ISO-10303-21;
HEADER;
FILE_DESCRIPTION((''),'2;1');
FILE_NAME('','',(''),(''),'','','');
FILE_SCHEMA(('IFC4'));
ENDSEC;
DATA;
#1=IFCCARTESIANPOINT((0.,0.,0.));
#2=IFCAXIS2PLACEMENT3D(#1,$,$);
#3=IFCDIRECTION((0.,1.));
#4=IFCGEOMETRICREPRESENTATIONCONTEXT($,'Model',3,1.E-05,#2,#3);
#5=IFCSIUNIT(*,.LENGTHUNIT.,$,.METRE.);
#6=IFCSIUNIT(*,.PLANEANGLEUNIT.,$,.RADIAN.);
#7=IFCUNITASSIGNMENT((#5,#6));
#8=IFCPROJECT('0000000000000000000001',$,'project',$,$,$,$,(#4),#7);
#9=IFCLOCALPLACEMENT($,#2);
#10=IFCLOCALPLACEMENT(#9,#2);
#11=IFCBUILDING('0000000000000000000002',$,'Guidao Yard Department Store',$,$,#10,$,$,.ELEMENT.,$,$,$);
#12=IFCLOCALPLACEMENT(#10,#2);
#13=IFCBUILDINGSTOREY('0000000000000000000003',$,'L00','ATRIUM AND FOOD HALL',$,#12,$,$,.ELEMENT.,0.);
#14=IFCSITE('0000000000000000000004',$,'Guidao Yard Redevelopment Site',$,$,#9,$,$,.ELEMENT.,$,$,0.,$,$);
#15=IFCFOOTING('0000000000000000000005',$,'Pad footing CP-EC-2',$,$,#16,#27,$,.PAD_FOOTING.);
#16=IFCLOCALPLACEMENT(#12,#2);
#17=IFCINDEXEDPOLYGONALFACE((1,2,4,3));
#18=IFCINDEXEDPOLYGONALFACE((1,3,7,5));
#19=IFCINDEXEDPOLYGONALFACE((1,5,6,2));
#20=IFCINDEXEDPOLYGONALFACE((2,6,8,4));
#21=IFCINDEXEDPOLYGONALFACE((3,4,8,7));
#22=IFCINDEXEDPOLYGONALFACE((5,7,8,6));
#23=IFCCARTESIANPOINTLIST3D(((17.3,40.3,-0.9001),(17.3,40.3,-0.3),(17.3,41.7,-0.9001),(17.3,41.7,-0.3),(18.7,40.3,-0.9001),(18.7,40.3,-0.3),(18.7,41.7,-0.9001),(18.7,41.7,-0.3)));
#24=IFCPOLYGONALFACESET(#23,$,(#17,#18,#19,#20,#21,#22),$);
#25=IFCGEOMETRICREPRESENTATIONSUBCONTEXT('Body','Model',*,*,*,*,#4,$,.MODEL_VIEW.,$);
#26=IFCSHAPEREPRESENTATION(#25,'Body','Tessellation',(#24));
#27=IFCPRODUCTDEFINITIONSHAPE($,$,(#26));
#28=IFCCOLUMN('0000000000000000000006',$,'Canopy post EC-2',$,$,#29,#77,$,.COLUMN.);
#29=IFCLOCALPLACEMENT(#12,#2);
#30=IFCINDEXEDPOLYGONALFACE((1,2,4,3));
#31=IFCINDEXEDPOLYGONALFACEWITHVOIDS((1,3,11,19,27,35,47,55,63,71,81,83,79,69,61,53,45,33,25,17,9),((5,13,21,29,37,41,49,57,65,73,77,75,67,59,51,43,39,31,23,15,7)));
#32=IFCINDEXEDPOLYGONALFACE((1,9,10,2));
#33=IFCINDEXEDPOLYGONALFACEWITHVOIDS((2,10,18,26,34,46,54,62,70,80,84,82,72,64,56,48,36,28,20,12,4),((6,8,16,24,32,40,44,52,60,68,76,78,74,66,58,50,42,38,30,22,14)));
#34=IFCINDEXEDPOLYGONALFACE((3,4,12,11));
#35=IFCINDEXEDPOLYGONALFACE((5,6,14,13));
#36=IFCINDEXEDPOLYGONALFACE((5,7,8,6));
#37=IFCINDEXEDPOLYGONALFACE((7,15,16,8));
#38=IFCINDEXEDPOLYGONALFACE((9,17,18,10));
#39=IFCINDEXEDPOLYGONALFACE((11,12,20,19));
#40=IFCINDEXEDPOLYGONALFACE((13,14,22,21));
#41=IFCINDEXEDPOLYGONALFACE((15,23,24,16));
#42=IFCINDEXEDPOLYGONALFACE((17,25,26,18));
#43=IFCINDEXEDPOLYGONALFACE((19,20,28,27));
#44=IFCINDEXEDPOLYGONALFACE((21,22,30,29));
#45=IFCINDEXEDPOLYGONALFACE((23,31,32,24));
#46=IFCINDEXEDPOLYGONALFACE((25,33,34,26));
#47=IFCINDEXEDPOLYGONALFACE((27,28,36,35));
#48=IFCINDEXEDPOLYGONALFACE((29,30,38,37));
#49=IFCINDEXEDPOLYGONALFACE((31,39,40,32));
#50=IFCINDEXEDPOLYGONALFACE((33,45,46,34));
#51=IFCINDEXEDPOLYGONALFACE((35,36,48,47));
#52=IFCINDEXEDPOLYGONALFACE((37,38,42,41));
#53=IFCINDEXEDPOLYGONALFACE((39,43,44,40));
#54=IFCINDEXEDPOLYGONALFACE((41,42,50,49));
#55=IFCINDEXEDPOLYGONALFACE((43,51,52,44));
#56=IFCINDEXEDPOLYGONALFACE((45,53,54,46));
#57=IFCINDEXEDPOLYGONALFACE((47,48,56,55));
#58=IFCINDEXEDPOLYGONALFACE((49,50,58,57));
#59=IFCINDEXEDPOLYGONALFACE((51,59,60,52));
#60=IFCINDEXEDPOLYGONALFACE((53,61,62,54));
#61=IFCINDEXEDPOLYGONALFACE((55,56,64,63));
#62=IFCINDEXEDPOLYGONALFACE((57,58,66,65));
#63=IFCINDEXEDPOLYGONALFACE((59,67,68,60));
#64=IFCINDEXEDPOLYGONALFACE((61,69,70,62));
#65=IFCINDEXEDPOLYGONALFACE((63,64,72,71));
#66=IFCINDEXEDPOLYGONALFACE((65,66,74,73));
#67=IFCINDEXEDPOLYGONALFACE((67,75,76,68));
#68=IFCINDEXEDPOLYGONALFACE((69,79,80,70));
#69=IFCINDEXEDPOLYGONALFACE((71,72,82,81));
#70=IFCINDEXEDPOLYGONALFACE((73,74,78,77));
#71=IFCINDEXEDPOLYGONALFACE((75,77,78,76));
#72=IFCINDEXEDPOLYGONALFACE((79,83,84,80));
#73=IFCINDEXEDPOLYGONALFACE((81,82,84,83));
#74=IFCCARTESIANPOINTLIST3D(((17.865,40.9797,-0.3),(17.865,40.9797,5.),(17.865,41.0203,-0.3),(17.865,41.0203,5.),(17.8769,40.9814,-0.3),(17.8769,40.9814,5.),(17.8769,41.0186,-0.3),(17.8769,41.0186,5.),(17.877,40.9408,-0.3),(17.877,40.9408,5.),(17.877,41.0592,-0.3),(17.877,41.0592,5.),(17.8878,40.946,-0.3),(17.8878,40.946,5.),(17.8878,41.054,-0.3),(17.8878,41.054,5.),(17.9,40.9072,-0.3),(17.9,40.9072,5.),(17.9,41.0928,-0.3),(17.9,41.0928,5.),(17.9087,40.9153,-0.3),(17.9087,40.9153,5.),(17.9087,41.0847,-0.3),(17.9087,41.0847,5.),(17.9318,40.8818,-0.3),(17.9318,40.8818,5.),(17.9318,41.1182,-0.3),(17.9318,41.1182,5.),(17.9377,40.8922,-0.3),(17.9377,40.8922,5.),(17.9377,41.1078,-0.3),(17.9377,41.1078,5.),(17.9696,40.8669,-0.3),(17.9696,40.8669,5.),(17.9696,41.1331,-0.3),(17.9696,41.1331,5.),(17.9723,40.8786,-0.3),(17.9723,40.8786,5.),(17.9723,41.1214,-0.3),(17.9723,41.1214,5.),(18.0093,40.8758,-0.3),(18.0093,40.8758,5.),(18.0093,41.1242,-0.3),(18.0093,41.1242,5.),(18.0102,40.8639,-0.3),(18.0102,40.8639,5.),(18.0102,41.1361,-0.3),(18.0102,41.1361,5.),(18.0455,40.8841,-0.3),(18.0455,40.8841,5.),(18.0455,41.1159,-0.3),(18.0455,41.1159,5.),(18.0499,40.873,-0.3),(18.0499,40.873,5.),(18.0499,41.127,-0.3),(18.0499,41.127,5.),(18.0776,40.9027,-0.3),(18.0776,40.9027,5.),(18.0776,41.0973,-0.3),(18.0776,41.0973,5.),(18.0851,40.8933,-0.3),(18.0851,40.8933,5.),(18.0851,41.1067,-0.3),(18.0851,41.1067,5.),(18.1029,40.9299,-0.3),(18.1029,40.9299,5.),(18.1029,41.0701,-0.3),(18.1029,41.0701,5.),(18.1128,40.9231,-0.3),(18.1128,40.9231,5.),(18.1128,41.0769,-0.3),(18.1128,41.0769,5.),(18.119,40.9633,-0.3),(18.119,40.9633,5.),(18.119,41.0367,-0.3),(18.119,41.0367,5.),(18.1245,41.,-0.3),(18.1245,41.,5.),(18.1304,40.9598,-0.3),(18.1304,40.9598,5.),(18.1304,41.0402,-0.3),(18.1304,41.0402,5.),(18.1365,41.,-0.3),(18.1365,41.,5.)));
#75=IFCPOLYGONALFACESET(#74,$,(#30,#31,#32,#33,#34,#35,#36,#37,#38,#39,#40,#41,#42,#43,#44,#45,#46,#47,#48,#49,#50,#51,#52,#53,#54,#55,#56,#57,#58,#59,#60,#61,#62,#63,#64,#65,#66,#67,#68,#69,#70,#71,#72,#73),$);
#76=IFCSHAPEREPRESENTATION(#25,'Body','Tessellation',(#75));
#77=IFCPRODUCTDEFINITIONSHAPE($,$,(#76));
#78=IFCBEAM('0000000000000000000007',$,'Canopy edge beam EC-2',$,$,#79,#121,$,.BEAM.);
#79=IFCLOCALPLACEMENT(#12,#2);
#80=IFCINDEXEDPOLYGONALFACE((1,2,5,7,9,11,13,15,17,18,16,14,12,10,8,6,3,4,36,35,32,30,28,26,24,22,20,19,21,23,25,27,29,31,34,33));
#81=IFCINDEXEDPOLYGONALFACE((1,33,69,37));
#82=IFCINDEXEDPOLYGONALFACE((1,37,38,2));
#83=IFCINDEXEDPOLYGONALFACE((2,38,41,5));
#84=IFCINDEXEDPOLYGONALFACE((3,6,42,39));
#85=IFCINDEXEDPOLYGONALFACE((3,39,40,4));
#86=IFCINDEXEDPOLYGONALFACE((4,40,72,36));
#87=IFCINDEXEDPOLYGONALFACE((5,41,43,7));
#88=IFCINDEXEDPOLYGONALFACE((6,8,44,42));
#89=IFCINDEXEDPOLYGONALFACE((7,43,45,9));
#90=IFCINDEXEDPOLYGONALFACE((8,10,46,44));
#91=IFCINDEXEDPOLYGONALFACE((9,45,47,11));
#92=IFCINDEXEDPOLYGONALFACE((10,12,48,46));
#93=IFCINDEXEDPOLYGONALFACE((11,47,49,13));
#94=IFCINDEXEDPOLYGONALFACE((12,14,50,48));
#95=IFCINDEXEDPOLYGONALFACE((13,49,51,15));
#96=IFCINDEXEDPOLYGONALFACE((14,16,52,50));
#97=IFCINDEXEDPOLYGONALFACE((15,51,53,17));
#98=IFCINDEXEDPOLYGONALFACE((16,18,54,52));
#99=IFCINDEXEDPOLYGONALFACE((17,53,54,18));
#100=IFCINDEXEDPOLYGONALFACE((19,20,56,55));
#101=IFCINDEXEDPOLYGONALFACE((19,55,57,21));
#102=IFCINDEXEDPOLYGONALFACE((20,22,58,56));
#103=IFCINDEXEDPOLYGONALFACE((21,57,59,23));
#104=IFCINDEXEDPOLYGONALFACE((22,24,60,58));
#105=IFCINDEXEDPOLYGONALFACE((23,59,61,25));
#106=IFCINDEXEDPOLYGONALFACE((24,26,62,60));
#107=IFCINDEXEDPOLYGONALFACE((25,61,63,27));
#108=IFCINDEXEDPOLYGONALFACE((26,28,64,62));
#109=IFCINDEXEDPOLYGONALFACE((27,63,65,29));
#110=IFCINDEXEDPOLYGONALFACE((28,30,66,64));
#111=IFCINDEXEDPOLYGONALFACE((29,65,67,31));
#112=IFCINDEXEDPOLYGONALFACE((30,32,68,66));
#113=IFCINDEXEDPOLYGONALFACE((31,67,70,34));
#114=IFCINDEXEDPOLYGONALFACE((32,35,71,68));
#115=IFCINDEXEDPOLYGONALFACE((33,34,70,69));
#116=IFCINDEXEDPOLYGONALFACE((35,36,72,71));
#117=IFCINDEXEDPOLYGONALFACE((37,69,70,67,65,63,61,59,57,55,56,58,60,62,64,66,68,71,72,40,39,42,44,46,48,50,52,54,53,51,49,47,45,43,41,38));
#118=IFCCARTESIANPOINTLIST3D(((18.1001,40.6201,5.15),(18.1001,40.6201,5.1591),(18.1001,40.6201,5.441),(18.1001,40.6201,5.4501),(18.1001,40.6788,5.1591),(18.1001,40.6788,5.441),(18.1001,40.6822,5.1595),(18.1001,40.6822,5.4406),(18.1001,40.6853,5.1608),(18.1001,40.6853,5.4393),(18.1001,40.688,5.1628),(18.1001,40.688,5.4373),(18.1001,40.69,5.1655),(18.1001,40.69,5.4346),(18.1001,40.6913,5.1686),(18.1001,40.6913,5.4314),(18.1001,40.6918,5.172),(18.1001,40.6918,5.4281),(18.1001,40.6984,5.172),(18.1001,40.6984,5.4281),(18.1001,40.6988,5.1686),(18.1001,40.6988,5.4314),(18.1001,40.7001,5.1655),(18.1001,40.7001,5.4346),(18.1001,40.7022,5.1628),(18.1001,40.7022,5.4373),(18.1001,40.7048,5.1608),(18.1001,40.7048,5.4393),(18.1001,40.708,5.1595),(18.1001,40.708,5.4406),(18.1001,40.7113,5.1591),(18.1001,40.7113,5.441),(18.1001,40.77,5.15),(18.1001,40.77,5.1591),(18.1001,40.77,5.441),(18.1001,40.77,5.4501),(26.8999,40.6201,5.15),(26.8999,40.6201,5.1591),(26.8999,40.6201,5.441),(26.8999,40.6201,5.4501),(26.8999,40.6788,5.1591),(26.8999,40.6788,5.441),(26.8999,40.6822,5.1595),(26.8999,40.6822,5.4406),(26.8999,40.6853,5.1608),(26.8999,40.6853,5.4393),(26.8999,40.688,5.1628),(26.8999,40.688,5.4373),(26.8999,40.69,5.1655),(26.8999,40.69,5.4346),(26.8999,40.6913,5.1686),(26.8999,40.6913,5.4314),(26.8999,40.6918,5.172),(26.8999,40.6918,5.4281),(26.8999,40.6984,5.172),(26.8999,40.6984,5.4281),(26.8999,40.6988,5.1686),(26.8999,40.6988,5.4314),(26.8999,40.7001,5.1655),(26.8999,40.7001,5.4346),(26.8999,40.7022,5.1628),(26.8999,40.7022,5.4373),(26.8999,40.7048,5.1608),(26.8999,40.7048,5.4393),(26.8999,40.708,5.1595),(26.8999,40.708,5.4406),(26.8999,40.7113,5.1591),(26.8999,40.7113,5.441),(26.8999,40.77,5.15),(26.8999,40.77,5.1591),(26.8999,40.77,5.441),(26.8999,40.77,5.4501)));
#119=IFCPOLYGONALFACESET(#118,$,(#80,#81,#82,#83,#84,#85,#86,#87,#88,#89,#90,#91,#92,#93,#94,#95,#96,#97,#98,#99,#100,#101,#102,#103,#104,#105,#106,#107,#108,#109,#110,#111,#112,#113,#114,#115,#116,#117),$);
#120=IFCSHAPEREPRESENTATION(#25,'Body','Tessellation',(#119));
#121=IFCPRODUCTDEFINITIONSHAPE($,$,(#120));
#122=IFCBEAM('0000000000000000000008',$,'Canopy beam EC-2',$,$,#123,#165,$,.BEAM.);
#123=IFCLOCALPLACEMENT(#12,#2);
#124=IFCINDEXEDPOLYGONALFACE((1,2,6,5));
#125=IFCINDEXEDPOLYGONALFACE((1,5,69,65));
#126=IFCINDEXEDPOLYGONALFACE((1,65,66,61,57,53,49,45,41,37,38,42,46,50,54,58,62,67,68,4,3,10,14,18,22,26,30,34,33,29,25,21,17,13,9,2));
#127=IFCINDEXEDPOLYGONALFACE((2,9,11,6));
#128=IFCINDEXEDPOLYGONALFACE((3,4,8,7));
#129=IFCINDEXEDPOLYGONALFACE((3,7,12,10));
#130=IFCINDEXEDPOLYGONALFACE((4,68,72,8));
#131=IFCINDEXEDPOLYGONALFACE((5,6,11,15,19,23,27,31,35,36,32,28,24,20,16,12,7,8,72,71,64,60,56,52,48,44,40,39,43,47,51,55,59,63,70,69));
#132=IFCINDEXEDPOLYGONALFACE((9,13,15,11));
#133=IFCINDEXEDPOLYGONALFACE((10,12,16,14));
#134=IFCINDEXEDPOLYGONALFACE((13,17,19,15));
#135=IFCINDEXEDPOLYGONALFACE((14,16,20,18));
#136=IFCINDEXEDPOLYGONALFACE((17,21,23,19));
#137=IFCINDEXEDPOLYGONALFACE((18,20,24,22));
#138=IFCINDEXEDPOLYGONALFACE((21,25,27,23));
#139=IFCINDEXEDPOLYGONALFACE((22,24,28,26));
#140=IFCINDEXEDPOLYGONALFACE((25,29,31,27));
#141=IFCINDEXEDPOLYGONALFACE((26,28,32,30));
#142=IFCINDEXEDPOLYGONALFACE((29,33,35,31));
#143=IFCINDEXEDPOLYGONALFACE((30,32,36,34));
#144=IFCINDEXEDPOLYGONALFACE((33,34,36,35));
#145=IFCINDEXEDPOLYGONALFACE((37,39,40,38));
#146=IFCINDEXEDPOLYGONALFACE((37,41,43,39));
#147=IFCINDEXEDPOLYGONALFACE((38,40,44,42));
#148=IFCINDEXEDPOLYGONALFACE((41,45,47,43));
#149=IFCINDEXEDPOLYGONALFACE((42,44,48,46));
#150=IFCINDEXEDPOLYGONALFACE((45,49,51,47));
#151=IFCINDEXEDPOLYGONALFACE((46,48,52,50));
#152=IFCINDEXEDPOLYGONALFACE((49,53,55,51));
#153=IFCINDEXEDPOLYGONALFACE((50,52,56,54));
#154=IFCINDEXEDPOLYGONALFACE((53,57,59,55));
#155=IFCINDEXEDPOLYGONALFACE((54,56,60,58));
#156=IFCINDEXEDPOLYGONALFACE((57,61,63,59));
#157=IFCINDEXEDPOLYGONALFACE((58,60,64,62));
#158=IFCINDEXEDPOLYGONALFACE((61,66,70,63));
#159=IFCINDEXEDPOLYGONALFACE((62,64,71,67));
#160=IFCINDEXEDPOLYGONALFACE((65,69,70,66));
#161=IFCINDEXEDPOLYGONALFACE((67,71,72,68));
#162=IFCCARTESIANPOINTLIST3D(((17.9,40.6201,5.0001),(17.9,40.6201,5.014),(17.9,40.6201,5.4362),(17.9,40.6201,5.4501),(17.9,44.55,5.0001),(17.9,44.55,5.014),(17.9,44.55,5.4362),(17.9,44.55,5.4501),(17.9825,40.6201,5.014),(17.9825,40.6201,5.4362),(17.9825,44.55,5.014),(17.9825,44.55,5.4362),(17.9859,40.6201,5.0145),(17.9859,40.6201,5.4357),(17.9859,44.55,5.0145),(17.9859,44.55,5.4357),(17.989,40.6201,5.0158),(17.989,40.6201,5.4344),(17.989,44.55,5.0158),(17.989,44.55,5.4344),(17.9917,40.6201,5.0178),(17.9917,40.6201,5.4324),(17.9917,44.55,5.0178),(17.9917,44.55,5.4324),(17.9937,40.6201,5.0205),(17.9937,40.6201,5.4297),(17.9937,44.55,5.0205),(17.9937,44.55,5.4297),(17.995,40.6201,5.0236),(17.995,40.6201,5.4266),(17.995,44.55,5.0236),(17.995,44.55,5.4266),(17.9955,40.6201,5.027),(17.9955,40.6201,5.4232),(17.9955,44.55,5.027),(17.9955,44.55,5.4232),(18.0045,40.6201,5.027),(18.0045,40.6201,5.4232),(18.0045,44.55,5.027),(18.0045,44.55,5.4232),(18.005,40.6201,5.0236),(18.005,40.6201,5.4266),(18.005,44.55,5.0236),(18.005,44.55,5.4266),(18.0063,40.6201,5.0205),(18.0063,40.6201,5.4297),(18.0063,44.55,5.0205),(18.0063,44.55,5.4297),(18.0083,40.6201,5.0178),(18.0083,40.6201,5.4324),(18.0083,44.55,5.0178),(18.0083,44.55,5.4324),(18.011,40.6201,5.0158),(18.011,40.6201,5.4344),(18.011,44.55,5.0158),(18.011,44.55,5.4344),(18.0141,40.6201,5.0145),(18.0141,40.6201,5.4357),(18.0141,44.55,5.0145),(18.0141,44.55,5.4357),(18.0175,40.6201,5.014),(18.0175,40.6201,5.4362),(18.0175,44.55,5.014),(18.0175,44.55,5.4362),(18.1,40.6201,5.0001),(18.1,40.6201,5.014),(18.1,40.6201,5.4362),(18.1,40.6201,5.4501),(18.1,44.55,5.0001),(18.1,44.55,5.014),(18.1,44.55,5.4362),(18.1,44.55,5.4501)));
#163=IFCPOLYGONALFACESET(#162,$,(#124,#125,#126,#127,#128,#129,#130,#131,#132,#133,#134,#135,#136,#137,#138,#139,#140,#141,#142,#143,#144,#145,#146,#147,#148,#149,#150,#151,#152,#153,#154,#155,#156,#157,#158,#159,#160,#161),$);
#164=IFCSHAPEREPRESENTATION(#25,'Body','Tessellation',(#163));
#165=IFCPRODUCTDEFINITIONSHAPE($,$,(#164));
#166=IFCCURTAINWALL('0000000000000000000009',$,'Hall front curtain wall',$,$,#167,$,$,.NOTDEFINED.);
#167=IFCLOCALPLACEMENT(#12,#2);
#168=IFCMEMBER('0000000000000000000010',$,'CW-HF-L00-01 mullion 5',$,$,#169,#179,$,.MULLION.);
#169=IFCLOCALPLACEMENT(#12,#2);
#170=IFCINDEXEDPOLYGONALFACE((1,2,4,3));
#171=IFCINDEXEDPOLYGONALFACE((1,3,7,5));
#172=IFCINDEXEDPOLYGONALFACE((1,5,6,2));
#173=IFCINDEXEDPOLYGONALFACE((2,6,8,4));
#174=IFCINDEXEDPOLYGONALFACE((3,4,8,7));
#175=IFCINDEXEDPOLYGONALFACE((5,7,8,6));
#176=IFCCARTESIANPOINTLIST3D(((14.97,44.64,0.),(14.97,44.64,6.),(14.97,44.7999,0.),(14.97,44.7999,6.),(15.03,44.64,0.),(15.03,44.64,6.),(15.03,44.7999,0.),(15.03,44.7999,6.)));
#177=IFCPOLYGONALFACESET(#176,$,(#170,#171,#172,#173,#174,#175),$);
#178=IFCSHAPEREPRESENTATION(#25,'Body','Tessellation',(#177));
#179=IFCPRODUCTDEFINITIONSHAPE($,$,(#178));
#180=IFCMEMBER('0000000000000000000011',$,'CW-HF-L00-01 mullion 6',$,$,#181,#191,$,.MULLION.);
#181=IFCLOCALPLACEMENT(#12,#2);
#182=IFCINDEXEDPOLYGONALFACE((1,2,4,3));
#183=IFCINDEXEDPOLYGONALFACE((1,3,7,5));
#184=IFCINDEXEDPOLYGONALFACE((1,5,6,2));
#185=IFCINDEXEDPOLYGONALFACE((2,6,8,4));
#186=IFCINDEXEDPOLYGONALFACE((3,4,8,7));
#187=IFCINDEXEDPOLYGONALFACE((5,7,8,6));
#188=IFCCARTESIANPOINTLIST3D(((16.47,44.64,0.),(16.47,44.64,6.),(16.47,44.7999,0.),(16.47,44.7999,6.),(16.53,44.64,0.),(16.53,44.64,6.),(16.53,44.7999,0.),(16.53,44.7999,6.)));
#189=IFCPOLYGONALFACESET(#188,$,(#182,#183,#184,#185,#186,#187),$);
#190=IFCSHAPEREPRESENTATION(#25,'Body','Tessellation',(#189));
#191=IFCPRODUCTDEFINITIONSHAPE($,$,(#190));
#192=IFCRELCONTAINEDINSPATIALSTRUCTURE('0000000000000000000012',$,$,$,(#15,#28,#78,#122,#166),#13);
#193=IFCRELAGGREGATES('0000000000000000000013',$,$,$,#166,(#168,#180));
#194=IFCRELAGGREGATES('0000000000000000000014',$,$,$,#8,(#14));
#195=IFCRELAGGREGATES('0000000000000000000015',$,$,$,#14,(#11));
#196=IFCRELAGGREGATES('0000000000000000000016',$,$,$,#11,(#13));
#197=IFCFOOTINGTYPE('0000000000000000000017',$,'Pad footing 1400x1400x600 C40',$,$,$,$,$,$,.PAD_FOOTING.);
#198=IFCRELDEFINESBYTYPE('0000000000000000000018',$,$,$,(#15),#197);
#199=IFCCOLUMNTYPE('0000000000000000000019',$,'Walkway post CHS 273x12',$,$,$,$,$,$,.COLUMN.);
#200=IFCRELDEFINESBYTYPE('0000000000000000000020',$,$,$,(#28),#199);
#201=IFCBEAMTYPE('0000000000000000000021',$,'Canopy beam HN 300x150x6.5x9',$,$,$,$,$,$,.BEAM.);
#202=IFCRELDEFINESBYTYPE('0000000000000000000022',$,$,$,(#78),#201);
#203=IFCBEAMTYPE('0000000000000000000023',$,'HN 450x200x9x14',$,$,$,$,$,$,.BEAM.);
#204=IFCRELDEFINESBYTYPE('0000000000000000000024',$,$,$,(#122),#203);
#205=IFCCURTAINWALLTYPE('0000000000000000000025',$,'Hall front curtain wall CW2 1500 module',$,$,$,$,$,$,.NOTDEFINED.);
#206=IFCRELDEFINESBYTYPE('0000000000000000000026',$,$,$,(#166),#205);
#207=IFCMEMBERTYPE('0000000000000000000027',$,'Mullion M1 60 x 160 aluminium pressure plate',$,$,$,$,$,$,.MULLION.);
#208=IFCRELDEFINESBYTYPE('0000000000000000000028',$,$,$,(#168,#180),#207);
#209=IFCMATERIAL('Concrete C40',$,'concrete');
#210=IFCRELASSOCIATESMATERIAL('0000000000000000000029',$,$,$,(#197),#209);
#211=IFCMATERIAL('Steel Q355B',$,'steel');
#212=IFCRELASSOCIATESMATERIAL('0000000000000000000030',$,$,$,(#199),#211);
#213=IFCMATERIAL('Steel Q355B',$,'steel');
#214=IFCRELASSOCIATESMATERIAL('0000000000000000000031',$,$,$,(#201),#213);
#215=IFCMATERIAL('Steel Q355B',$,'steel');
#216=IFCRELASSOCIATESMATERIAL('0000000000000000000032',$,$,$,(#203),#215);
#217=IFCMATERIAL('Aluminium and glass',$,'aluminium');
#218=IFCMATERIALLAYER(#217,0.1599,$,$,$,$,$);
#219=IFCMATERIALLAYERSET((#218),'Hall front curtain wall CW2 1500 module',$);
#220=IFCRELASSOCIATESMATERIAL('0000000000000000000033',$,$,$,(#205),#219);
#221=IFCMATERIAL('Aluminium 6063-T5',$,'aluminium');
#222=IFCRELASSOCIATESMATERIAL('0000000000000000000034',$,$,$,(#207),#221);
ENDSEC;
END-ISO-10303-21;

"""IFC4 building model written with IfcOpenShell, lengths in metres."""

from ifc_helpers import new_model, si_unit, direction, frame, origin, origin_2d, place, context, subcontext, project, spatial, rectangle, hollow_circle, i_section, extrude, material, layer, layer_set, material_profile, profile_set, type_object, element, aggregate, save


model = new_model("IFC4")

# Units and contexts
model_context = context("Model", 3, precision=1e-05, world=origin(), true_north=direction((0.0, 1.0)))
body_context = subcontext(model_context, "Body", "Model", "MODEL_VIEW")
ifc_project = project(units=[si_unit("LENGTHUNIT", "METRE"), si_unit("PLANEANGLEUNIT", "RADIAN")], contexts=[model_context])

# Site, building, storey
site_placement = place(None, origin())
site = spatial("IfcSite", under=ifc_project, at=site_placement, Name="Guidao Yard Redevelopment Site", CompositionType="ELEMENT", RefElevation=0.0)
building_placement = place(site_placement, origin())
building = spatial("IfcBuilding", under=site, at=building_placement, Name="Guidao Yard Department Store", CompositionType="ELEMENT")
storey_placement = place(building_placement, origin())
storey = spatial("IfcBuildingStorey", under=building, at=storey_placement, Name="L00", Description="ATRIUM AND FOOD HALL", CompositionType="ELEMENT", Elevation=0.0)

# Footing
ifc_material_1 = material(Name="Concrete C40", Category="concrete")
footing_type = type_object("IfcFootingType", Name="Pad footing 1400x1400x600 C40", PredefinedType="PAD_FOOTING", material=ifc_material_1)
footing_placement = place(storey_placement, frame((18.0, 41.0, -0.9001), z_axis=(0.0, 0.0, 1.0), x_axis=(1.0, 0.0, 0.0)))
element("IfcFooting", 1, at=footing_placement, inside=storey, type_object=footing_type, Name="Pad footing CP-EC-2", PredefinedType="PAD_FOOTING", context=body_context, shape_type="SweptSolid", body=[
    extrude(rectangle(XDim=1.3999, YDim=1.3999, at=origin_2d()), origin(), (0.0, 0.0, 1.0), 0.6001),
])

# Column
ifc_material_2 = material(Name="Steel Q355B", Category="steel")
ifc_material_profile_1 = material_profile(ifc_material_2, hollow_circle(Radius=0.1365, WallThickness=0.012, at=origin_2d()), Name="CHS 273x12")
ifc_profile_set_1 = profile_set([ifc_material_profile_1], Name="Steel Q355B")
column_type = type_object("IfcColumnType", Name="Walkway post CHS 273x12", PredefinedType="COLUMN", material=ifc_profile_set_1)
column_placement = place(storey_placement, frame((18.0, 41.0, -0.3), z_axis=(0.0, 0.0, 1.0), x_axis=(1.0, 0.0, 0.0)))
element("IfcColumn", 2, at=column_placement, inside=storey, type_object=column_type, Name="Canopy post EC-2", PredefinedType="COLUMN", context=body_context, shape_type="SweptSolid", body=[
    extrude(hollow_circle(Radius=0.1365, WallThickness=0.012, at=origin_2d()), origin(), (0.0, 0.0, 1.0), 5.3),
])

# Beams
ifc_material_3 = material(Name="Steel Q355B", Category="steel")
ifc_material_profile_2 = material_profile(ifc_material_3, i_section(OverallWidth=0.1499, OverallDepth=0.3, WebThickness=0.0066, FlangeThickness=0.009, FilletRadius=0.0129, at=origin_2d()), Name="HN 300x150x6.5x9")
ifc_profile_set_2 = profile_set([ifc_material_profile_2], Name="Steel Q355B")
beam_type_1 = type_object("IfcBeamType", Name="Canopy beam HN 300x150x6.5x9", PredefinedType="BEAM", material=ifc_profile_set_2)
beam_1_placement = place(storey_placement, frame((18.1001, 40.6951, 5.3), z_axis=(1.0, 0.0, 0.0), x_axis=(0.0, 1.0, 0.0)))
element("IfcBeam", 3, at=beam_1_placement, inside=storey, type_object=beam_type_1, Name="Canopy edge beam EC-2", PredefinedType="BEAM", context=body_context, shape_type="SweptSolid", body=[
    extrude(i_section(OverallWidth=0.1499, OverallDepth=0.3, WebThickness=0.0066, FlangeThickness=0.009, FilletRadius=0.0129, at=origin_2d()), origin(), (0.0, 0.0, 1.0), 8.7998),
])
ifc_material_4 = material(Name="Steel Q355B", Category="steel")
ifc_material_profile_3 = material_profile(ifc_material_4, i_section(OverallWidth=0.2, OverallDepth=0.45, WebThickness=0.009, FlangeThickness=0.0139, FilletRadius=0.0129, at=origin_2d()), Name="HN 450x200x9x14")
ifc_profile_set_3 = profile_set([ifc_material_profile_3], Name="Steel Q355B")
beam_type_2 = type_object("IfcBeamType", Name="HN 450x200x9x14", PredefinedType="BEAM", material=ifc_profile_set_3)
beam_2_placement = place(storey_placement, frame((18.0, 40.6201, 5.2251), z_axis=(0.0, 1.0, 0.0), x_axis=(-1.0, 0.0, 0.0)))
element("IfcBeam", 4, at=beam_2_placement, inside=storey, type_object=beam_type_2, Name="Canopy beam EC-2", PredefinedType="BEAM", context=body_context, shape_type="SweptSolid", body=[
    extrude(i_section(OverallWidth=0.2, OverallDepth=0.45, WebThickness=0.009, FlangeThickness=0.0139, FilletRadius=0.0129, at=origin_2d()), origin(), (0.0, 0.0, 1.0), 3.9299),
])

# Curtain wall, members
ifc_material_5 = material(Name="Aluminium and glass", Category="aluminium")
ifc_layer_1 = layer(ifc_material_5, 0.1599)
ifc_layer_set_1 = layer_set([ifc_layer_1], Name="Hall front curtain wall CW2 1500 module")
curtain_wall_type = type_object("IfcCurtainWallType", Name="Hall front curtain wall CW2 1500 module", PredefinedType="NOTDEFINED", material=ifc_layer_set_1)
curtain_wall_placement = place(storey_placement, origin())
curtain_wall = element("IfcCurtainWall", 5, at=curtain_wall_placement, inside=storey, type_object=curtain_wall_type, Name="Hall front curtain wall", PredefinedType="NOTDEFINED")
ifc_material_6 = material(Name="Aluminium 6063-T5", Category="aluminium")
ifc_material_profile_4 = material_profile(ifc_material_6, rectangle(XDim=0.0601, YDim=0.1599, at=origin_2d()), Name="Mullion M1 60 x 160 aluminium pressure plate")
ifc_profile_set_4 = profile_set([ifc_material_profile_4], Name="Aluminium 6063-T5")
member_type_1 = type_object("IfcMemberType", Name="Mullion M1 60 x 160 aluminium pressure plate", PredefinedType="MULLION", material=ifc_profile_set_4)
member_1_placement = place(storey_placement, frame((15.0, 44.72, 0.0), z_axis=(0.0, 0.0, 1.0), x_axis=(-1.0, 0.0, 0.0)))
member_1 = element("IfcMember", 6, at=member_1_placement, type_object=member_type_1, Name="CW-HF-L00-01 mullion 5", PredefinedType="MULLION", context=body_context, shape_type="SweptSolid", body=[
    extrude(rectangle(XDim=0.0601, YDim=0.1599, at=origin_2d()), origin(), (0.0, 0.0, 1.0), 6.0),
])
member_2_placement = place(storey_placement, frame((16.5, 44.72, 0.0), z_axis=(0.0, 0.0, 1.0), x_axis=(-1.0, 0.0, 0.0)))
member_2 = element("IfcMember", 7, at=member_2_placement, type_object=member_type_1, Name="CW-HF-L00-01 mullion 6", PredefinedType="MULLION", context=body_context, shape_type="SweptSolid", body=[
    extrude(rectangle(XDim=0.0601, YDim=0.1599, at=origin_2d()), origin(), (0.0, 0.0, 1.0), 6.0),
])
aggregate(curtain_wall, [member_1, member_2])

save(model, "model.ifc")
